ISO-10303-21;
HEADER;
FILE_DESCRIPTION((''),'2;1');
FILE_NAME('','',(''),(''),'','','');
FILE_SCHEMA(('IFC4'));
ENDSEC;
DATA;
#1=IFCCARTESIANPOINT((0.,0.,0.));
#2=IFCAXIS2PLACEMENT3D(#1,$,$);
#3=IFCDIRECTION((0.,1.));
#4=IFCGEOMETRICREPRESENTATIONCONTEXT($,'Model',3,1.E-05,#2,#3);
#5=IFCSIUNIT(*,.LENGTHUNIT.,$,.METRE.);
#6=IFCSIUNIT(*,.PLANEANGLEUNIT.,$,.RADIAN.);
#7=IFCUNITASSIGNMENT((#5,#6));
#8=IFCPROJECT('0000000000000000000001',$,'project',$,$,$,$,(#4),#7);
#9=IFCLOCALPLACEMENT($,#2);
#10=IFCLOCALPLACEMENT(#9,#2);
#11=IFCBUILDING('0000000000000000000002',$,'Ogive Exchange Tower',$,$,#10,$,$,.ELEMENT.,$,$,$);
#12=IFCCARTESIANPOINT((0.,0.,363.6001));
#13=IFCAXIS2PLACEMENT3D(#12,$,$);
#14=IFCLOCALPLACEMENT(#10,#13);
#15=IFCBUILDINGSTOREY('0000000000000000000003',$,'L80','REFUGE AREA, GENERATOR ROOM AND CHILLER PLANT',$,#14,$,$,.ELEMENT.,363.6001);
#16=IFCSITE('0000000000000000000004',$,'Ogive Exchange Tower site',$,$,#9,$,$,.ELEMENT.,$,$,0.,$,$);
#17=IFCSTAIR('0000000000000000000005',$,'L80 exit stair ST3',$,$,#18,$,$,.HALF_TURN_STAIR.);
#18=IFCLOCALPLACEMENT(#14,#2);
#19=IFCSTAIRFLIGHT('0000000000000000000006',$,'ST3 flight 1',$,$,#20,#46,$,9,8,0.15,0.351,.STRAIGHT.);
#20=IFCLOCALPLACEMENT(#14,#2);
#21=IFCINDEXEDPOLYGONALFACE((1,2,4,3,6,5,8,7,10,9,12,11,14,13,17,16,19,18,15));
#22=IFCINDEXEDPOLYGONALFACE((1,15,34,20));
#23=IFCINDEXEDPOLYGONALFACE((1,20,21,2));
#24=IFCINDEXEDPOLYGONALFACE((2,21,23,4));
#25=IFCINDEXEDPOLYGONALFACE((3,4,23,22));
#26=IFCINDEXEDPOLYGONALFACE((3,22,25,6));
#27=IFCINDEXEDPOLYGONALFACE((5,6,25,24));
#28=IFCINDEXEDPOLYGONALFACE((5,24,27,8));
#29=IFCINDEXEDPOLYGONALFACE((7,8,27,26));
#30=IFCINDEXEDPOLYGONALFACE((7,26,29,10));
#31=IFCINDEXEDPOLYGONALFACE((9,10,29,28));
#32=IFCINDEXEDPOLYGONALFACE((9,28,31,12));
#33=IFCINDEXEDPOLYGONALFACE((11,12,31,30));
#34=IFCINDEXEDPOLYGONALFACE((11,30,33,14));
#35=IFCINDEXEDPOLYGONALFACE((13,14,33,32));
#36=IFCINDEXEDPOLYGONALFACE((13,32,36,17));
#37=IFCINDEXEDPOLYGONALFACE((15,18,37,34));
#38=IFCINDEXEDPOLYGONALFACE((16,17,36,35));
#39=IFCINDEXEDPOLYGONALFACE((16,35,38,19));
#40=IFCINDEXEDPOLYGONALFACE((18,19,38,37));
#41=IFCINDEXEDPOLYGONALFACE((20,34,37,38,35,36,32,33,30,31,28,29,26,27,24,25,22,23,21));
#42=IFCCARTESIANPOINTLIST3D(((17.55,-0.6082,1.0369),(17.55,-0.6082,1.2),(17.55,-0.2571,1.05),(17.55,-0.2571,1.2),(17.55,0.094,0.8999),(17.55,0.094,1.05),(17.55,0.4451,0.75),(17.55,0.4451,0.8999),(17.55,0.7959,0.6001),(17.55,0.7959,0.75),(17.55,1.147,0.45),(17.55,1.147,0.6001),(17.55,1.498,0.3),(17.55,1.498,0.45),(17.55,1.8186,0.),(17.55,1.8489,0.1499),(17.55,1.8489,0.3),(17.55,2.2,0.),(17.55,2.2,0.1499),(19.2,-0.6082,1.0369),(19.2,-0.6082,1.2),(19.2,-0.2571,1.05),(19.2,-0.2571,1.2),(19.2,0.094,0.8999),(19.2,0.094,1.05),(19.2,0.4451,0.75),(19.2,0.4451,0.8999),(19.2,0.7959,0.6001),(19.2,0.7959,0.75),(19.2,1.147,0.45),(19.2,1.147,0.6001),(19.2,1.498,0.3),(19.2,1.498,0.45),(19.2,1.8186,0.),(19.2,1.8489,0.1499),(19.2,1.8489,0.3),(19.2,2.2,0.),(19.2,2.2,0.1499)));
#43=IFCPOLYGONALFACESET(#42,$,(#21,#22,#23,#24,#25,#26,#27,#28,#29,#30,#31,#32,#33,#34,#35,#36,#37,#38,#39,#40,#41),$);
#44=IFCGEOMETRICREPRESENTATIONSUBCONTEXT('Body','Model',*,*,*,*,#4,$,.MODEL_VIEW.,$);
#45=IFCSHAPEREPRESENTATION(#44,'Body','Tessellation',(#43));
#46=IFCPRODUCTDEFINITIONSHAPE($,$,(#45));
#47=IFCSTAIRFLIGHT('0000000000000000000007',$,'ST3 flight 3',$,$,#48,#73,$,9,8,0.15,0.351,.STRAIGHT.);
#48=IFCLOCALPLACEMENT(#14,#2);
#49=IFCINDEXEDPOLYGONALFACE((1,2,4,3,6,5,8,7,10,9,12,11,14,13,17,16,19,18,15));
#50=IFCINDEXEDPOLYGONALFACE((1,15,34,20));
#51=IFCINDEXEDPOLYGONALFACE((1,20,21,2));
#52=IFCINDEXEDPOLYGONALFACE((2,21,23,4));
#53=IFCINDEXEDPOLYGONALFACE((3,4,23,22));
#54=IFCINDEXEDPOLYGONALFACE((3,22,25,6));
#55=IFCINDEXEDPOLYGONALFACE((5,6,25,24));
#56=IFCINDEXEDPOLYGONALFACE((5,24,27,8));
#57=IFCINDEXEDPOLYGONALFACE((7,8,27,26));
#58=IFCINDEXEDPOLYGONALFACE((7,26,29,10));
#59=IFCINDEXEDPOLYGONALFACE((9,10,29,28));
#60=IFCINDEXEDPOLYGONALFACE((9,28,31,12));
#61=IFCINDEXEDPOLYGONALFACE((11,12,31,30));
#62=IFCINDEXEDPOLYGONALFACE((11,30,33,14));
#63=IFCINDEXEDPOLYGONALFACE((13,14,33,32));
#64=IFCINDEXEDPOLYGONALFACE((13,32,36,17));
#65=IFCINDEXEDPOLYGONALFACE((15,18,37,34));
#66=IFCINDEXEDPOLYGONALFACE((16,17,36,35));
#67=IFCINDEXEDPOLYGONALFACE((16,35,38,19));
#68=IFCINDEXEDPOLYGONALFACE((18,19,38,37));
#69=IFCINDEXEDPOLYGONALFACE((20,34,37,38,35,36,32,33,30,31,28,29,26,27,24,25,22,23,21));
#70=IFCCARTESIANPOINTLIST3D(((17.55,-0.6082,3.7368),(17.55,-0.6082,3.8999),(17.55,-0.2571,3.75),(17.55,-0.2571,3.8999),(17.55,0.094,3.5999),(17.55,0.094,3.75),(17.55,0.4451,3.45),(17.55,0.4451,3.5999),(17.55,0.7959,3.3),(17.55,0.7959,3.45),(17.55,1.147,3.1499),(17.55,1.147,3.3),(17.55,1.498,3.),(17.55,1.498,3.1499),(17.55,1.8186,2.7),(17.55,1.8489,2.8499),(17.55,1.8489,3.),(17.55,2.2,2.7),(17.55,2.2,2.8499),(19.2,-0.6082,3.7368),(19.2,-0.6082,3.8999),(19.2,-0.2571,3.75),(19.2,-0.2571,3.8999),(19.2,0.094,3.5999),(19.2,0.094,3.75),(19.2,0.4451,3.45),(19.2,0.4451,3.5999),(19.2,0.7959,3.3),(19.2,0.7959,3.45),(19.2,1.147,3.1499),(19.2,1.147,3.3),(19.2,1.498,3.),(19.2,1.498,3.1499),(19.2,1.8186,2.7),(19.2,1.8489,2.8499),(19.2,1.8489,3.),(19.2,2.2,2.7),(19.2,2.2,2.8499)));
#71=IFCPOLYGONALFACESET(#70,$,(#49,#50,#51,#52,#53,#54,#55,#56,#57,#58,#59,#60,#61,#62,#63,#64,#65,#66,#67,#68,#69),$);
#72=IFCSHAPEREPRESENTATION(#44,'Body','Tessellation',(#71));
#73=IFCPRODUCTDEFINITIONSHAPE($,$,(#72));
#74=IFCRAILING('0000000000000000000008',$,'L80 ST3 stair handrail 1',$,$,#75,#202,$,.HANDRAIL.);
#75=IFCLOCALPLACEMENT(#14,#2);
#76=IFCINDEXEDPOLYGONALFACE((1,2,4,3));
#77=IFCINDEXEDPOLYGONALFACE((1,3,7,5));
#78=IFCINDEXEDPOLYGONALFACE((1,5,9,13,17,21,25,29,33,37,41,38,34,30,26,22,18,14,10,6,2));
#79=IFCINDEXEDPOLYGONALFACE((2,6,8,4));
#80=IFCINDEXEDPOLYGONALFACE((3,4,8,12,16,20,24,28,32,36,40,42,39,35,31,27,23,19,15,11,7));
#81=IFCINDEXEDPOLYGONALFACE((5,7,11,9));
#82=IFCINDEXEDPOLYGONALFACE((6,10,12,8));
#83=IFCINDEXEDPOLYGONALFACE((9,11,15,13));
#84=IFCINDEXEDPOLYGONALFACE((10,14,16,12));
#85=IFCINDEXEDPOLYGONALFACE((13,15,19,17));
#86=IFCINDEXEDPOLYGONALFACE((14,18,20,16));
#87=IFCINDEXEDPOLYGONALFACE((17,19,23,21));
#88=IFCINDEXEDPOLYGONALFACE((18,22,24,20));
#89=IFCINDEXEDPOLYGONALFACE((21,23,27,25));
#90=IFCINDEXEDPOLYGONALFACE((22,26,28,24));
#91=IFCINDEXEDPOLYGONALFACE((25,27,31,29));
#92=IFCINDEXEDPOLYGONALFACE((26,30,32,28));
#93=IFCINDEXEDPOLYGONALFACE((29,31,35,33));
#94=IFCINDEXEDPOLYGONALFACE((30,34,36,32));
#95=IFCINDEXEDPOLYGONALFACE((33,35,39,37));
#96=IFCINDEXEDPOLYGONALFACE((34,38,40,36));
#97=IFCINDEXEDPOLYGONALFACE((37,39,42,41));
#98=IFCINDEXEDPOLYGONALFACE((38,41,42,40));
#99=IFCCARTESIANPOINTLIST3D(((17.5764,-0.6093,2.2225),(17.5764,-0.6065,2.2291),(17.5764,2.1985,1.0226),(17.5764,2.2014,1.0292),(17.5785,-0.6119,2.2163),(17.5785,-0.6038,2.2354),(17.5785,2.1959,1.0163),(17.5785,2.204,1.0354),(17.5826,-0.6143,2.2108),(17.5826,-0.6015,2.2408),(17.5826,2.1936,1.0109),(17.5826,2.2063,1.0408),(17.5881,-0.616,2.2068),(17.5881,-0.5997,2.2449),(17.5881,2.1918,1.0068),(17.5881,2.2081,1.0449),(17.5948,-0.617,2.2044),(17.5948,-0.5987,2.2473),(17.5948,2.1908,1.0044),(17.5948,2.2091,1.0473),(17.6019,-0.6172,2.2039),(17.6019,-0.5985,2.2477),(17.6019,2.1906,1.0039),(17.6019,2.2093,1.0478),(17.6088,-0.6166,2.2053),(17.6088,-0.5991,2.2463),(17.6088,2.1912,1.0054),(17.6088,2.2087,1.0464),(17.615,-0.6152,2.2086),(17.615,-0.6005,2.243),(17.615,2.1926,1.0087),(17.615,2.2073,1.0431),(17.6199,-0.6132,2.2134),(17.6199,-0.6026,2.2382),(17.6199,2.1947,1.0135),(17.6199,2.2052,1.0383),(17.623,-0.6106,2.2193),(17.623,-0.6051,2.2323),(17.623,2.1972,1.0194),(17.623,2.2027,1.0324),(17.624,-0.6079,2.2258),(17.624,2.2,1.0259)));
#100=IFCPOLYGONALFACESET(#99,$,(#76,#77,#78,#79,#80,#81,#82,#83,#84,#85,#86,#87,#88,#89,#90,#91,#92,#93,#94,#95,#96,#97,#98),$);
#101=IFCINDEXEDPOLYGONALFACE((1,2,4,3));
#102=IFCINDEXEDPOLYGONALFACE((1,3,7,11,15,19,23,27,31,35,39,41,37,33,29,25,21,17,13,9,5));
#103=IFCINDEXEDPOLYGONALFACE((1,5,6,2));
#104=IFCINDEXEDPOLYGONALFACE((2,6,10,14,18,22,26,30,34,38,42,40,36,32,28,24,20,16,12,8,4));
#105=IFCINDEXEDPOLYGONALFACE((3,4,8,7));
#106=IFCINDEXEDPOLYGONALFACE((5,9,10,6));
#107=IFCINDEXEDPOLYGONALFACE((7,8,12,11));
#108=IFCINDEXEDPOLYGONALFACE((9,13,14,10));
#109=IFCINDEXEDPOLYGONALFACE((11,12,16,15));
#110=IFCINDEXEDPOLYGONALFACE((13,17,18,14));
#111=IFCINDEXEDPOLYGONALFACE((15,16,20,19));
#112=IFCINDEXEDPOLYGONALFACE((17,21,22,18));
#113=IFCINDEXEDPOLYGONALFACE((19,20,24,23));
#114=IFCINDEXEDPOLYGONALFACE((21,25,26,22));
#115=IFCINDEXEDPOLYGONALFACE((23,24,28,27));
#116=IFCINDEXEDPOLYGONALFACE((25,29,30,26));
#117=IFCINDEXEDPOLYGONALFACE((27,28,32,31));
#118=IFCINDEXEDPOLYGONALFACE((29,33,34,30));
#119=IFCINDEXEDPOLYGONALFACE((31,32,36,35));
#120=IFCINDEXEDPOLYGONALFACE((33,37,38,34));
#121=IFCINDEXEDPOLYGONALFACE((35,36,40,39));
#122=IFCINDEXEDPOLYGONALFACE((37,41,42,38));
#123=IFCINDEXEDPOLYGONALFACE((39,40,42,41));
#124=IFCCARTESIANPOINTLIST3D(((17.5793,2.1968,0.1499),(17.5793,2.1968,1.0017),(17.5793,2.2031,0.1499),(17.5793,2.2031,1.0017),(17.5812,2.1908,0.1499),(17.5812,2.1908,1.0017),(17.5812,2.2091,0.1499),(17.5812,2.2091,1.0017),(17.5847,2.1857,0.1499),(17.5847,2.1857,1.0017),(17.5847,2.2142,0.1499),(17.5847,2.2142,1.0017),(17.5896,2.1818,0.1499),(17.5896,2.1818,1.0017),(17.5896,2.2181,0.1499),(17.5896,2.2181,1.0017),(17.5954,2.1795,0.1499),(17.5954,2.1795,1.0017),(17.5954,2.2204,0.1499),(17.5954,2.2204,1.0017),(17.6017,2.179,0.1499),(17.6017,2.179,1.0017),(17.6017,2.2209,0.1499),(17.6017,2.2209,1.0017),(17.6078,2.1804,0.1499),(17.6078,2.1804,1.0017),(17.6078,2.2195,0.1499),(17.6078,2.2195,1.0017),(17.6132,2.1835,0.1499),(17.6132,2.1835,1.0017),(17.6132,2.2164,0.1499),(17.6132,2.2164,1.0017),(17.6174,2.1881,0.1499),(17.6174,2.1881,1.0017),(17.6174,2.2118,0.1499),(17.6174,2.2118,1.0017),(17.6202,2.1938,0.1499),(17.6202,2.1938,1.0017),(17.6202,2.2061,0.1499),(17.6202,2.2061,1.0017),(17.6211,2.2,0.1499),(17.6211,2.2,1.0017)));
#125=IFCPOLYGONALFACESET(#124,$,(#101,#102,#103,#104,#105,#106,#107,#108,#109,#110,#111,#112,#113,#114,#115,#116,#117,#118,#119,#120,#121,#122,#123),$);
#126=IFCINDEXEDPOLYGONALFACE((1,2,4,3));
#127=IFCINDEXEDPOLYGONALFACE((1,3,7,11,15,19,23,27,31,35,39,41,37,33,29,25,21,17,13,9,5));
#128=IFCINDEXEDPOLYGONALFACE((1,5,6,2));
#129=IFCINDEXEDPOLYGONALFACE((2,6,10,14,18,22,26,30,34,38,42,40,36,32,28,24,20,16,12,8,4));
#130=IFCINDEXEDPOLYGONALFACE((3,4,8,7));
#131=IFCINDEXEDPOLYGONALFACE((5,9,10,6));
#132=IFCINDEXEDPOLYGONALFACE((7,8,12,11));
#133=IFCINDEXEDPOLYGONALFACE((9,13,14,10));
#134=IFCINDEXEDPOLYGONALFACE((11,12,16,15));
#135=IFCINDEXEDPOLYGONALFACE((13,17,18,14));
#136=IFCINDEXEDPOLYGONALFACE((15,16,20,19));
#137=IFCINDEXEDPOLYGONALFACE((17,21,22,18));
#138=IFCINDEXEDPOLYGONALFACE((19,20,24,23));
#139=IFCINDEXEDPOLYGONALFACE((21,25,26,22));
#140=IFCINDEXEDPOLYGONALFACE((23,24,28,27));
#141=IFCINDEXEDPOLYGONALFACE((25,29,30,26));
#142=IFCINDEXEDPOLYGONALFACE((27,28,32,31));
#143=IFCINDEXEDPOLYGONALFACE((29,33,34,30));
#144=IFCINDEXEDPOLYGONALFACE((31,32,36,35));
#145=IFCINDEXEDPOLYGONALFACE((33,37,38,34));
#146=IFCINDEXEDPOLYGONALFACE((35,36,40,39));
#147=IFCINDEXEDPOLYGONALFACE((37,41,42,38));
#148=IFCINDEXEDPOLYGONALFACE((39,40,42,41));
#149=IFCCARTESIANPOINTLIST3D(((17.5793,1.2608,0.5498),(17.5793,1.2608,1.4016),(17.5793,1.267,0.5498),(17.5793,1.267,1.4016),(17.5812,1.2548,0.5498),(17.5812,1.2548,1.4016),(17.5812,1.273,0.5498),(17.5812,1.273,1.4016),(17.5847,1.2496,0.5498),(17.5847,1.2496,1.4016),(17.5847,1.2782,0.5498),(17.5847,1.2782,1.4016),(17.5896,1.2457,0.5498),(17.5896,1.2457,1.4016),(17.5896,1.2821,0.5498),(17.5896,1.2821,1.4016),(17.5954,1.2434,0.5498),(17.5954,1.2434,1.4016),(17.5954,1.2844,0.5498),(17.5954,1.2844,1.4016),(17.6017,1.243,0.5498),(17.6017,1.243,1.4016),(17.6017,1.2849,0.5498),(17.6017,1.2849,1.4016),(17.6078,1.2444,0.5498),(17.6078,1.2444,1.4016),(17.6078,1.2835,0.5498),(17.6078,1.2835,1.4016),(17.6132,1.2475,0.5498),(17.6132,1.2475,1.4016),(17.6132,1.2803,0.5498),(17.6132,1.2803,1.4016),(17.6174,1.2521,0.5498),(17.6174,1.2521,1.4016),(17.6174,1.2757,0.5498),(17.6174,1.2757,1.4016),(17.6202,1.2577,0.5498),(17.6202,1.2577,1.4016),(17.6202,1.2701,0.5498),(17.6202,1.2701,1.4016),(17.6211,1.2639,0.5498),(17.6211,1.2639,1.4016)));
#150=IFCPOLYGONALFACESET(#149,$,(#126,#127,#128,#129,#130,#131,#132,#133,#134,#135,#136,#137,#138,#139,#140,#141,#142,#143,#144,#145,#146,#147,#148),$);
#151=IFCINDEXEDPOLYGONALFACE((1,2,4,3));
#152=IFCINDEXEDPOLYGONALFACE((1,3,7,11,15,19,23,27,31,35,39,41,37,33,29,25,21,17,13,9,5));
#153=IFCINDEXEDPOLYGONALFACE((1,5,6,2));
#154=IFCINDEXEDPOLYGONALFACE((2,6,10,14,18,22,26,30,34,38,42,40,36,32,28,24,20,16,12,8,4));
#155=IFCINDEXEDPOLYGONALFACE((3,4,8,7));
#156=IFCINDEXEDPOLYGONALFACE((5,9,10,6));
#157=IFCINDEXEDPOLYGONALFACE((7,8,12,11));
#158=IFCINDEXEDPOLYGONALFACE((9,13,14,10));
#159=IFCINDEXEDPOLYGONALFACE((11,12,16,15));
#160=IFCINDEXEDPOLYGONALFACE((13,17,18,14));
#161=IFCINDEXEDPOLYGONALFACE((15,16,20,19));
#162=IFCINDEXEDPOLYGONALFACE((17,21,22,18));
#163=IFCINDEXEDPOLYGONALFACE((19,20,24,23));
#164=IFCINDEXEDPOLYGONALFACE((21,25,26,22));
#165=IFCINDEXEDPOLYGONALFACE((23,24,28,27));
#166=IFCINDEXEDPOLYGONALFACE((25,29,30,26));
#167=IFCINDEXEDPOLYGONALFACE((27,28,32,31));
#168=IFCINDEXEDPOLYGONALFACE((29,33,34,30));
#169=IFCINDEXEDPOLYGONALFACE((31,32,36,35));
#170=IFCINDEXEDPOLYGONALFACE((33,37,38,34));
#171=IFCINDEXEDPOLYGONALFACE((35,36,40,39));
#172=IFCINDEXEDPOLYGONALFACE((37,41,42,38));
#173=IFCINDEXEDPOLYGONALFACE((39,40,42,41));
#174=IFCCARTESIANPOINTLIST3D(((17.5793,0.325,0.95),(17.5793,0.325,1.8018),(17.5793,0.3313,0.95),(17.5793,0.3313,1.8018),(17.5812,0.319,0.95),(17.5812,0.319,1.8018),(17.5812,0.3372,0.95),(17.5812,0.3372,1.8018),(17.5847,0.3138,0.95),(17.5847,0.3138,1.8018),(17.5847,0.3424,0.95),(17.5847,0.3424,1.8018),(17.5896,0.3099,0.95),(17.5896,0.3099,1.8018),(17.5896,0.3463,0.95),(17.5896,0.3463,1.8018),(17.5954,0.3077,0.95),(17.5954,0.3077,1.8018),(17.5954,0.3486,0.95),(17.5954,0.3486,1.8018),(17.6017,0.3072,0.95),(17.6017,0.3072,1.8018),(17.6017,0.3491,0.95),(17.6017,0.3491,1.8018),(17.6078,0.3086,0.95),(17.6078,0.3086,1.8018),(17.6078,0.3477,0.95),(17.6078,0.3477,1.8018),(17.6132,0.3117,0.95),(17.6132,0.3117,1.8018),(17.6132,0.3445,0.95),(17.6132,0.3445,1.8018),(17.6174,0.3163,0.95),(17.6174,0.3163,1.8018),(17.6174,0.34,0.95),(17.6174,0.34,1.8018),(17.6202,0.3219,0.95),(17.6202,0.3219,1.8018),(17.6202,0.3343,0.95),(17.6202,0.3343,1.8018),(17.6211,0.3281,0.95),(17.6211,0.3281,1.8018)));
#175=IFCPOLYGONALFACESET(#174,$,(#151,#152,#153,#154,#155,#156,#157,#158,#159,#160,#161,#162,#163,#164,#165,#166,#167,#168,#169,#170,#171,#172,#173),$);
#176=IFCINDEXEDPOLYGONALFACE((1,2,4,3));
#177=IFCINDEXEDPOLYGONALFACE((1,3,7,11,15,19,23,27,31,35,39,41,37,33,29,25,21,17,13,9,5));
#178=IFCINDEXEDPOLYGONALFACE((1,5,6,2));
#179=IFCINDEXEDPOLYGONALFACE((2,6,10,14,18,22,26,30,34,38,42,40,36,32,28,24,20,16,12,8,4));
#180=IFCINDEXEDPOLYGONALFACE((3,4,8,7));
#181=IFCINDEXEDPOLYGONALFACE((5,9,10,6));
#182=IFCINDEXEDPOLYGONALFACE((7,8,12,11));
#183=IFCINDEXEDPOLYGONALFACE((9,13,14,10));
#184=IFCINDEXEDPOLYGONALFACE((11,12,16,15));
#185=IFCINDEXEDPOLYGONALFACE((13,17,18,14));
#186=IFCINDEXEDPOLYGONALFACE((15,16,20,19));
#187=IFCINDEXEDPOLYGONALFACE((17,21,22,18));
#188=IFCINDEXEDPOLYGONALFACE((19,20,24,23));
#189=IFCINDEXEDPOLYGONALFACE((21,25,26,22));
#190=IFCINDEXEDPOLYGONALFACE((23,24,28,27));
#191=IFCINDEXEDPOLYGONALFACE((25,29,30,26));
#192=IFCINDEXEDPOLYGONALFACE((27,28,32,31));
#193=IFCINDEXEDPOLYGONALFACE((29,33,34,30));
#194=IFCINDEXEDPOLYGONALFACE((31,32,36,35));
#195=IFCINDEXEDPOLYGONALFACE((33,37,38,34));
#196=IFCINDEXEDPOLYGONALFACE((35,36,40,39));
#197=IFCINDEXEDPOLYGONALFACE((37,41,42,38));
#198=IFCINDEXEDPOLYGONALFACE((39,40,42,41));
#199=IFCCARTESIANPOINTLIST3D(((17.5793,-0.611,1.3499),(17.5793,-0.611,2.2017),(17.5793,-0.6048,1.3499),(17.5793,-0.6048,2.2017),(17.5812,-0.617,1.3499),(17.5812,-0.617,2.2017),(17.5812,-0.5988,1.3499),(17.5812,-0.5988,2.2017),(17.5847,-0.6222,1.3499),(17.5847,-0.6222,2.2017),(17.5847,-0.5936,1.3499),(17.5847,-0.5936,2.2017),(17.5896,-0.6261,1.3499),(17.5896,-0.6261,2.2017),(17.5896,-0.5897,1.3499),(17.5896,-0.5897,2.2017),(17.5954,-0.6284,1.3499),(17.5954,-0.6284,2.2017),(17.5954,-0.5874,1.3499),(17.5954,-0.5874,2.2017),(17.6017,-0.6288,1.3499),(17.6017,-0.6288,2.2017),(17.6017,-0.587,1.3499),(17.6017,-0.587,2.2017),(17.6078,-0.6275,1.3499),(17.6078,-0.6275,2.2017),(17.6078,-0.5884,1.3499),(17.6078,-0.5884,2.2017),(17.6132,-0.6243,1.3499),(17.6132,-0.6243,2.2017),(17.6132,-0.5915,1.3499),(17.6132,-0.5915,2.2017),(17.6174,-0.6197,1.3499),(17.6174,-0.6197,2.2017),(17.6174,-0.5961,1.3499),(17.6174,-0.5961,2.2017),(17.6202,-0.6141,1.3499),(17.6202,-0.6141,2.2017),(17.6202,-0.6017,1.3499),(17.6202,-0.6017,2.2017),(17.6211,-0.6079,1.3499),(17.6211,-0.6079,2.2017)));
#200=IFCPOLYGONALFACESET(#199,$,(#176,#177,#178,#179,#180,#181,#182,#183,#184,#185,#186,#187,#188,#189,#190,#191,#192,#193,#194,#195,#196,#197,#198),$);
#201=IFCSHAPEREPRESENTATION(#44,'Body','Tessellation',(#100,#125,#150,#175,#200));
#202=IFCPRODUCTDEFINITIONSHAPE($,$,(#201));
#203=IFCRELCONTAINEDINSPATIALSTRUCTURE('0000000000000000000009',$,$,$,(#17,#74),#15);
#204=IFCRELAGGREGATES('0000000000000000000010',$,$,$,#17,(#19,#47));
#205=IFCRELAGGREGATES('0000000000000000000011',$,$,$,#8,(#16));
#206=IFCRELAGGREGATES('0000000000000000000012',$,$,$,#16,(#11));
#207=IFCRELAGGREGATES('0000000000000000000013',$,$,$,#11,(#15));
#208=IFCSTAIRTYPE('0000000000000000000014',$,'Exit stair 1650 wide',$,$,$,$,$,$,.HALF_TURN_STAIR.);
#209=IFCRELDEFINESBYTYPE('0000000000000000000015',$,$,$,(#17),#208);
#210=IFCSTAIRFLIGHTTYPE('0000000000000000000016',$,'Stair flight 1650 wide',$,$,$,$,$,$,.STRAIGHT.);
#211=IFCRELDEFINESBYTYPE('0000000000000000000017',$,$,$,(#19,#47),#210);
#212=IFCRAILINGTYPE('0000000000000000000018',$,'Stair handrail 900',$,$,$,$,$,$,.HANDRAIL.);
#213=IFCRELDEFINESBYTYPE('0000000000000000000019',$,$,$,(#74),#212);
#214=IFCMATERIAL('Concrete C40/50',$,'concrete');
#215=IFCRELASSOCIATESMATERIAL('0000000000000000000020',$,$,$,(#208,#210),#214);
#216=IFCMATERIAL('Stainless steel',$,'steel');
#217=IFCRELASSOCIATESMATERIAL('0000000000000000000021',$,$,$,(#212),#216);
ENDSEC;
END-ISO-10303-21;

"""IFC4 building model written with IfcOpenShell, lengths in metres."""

from ifc_helpers import new_model, si_unit, direction, frame, origin, origin_2d, place, context, subcontext, project, spatial, polyline, circle, outline, extrude, material, type_object, element, aggregate, save


model = new_model("IFC4")

# Units and contexts
model_context = context("Model", 3, precision=1e-05, world=origin(), true_north=direction((0.0, 1.0)))
body_context = subcontext(model_context, "Body", "Model", "MODEL_VIEW")
ifc_project = project(units=[si_unit("LENGTHUNIT", "METRE"), si_unit("PLANEANGLEUNIT", "RADIAN")], contexts=[model_context])

# Site, building, storey
site_placement = place(None, origin())
site = spatial("IfcSite", under=ifc_project, at=site_placement, Name="Ogive Exchange Tower site", CompositionType="ELEMENT", RefElevation=0.0)
building_placement = place(site_placement, origin())
building = spatial("IfcBuilding", under=site, at=building_placement, Name="Ogive Exchange Tower", CompositionType="ELEMENT")
storey_placement = place(building_placement, frame((0.0, 0.0, 363.6001)))
storey = spatial("IfcBuildingStorey", under=building, at=storey_placement, Name="L80", Description="REFUGE AREA, GENERATOR ROOM AND CHILLER PLANT", CompositionType="ELEMENT", Elevation=363.6001)

# Stair
ifc_material_1 = material(Name="Concrete C40/50", Category="concrete")
stair_type = type_object("IfcStairType", Name="Exit stair 1650 wide", PredefinedType="HALF_TURN_STAIR", material=ifc_material_1)
stair_1_placement = place(storey_placement, origin())
stair_1 = element("IfcStair", 1, at=stair_1_placement, inside=storey, type_object=stair_type, Name="L80 exit stair ST3", PredefinedType="HALF_TURN_STAIR")

# Shared definitions
ifc_material_2 = material(Name="Stainless steel", Category="steel")

# Stair flights
stair_flight_type = type_object("IfcStairFlightType", Name="Stair flight 1650 wide", PredefinedType="STRAIGHT", material=ifc_material_1)
stair_flight_1_placement = place(storey_placement, frame((18.375, 2.2, 0.0), z_axis=(0.0, 0.0, 1.0), x_axis=(0.0, -1.0, 0.0)))
stair_flight_1 = element("IfcStairFlight", 2, at=stair_flight_1_placement, type_object=stair_flight_type, Name="ST3 flight 1", NumberOfRisers=9, NumberOfTreads=8, PredefinedType="STRAIGHT", RiserHeight=0.15, TreadLength=0.351, context=body_context, shape_type="SweptSolid", body=[
    extrude(outline(polyline([(0.0, 0.0), (0.0, 0.1499), (0.3511, 0.1499), (0.3511, 0.3), (0.7019, 0.3), (0.7019, 0.45), (1.053, 0.45), (1.053, 0.6001), (1.4041, 0.6001), (1.4041, 0.75), (1.7549, 0.75), (1.7549, 0.8999), (2.106, 0.8999), (2.106, 1.05), (2.457, 1.05), (2.457, 1.2), (2.8081, 1.2), (2.8081, 1.3501), (2.8081, 1.0369), (0.3813, 0.0), (0.0, 0.0)])), frame((0.0, 0.825, 0.0), z_axis=(0.0, -1.0, 0.0), x_axis=(1.0, 0.0, 0.0)), (0.0, 0.0, 1.0), 1.6499),
])
stair_flight_2_placement = place(storey_placement, frame((18.375, 2.2, 2.7), z_axis=(0.0, 0.0, 1.0), x_axis=(0.0, -1.0, 0.0)))
stair_flight_2 = element("IfcStairFlight", 3, at=stair_flight_2_placement, type_object=stair_flight_type, Name="ST3 flight 3", NumberOfRisers=9, NumberOfTreads=8, PredefinedType="STRAIGHT", RiserHeight=0.15, TreadLength=0.351, context=body_context, shape_type="SweptSolid", body=[
    extrude(outline(polyline([(0.0, 0.0), (0.0, 0.1499), (0.3511, 0.1499), (0.3511, 0.3), (0.7019, 0.3), (0.7019, 0.45), (1.053, 0.45), (1.053, 0.6001), (1.4041, 0.6001), (1.4041, 0.75), (1.7549, 0.75), (1.7549, 0.8999), (2.106, 0.8999), (2.106, 1.05), (2.457, 1.05), (2.457, 1.2), (2.8081, 1.2), (2.8081, 1.3501), (2.8081, 1.0369), (0.3813, 0.0), (0.0, 0.0)])), frame((0.0, 0.825, 0.0), z_axis=(0.0, -1.0, 0.0), x_axis=(1.0, 0.0, 0.0)), (0.0, 0.0, 1.0), 1.6499),
])
aggregate(stair_1, [stair_flight_1, stair_flight_2])

# Railing
railing_type = type_object("IfcRailingType", Name="Stair handrail 900", PredefinedType="HANDRAIL", material=ifc_material_2)
for number, where, name in (
    (4, (17.6001, 2.2, 0.1499), "L80 ST3 stair handrail 1"),
):
    element("IfcRailing", number, at=place(storey_placement, frame(where)), inside=storey, type_object=railing_type, Name=name, PredefinedType="HANDRAIL", context=body_context, shape_type="SweptSolid", body=[
        extrude(circle(Radius=0.0239, at=origin_2d()), frame((0.0, 0.0, 0.876), z_axis=(0.0, -0.91955, 0.392973), x_axis=(1.0, 0.0, 0.0)), (0.0, 0.0, 1.0), 3.0535),
        extrude(circle(Radius=0.021, at=origin_2d()), origin(), (0.0, 0.0, 1.0), 0.8518),
        extrude(circle(Radius=0.021, at=origin_2d()), frame((0.0, -0.936, 0.3999)), (0.0, 0.0, 1.0), 0.8518),
        extrude(circle(Radius=0.021, at=origin_2d()), frame((0.0, -1.8718, 0.8)), (0.0, 0.0, 1.0), 0.8518),
        extrude(circle(Radius=0.021, at=origin_2d()), frame((0.0, -2.8079, 1.2)), (0.0, 0.0, 1.0), 0.8518),
    ])

save(model, "model.ifc")
